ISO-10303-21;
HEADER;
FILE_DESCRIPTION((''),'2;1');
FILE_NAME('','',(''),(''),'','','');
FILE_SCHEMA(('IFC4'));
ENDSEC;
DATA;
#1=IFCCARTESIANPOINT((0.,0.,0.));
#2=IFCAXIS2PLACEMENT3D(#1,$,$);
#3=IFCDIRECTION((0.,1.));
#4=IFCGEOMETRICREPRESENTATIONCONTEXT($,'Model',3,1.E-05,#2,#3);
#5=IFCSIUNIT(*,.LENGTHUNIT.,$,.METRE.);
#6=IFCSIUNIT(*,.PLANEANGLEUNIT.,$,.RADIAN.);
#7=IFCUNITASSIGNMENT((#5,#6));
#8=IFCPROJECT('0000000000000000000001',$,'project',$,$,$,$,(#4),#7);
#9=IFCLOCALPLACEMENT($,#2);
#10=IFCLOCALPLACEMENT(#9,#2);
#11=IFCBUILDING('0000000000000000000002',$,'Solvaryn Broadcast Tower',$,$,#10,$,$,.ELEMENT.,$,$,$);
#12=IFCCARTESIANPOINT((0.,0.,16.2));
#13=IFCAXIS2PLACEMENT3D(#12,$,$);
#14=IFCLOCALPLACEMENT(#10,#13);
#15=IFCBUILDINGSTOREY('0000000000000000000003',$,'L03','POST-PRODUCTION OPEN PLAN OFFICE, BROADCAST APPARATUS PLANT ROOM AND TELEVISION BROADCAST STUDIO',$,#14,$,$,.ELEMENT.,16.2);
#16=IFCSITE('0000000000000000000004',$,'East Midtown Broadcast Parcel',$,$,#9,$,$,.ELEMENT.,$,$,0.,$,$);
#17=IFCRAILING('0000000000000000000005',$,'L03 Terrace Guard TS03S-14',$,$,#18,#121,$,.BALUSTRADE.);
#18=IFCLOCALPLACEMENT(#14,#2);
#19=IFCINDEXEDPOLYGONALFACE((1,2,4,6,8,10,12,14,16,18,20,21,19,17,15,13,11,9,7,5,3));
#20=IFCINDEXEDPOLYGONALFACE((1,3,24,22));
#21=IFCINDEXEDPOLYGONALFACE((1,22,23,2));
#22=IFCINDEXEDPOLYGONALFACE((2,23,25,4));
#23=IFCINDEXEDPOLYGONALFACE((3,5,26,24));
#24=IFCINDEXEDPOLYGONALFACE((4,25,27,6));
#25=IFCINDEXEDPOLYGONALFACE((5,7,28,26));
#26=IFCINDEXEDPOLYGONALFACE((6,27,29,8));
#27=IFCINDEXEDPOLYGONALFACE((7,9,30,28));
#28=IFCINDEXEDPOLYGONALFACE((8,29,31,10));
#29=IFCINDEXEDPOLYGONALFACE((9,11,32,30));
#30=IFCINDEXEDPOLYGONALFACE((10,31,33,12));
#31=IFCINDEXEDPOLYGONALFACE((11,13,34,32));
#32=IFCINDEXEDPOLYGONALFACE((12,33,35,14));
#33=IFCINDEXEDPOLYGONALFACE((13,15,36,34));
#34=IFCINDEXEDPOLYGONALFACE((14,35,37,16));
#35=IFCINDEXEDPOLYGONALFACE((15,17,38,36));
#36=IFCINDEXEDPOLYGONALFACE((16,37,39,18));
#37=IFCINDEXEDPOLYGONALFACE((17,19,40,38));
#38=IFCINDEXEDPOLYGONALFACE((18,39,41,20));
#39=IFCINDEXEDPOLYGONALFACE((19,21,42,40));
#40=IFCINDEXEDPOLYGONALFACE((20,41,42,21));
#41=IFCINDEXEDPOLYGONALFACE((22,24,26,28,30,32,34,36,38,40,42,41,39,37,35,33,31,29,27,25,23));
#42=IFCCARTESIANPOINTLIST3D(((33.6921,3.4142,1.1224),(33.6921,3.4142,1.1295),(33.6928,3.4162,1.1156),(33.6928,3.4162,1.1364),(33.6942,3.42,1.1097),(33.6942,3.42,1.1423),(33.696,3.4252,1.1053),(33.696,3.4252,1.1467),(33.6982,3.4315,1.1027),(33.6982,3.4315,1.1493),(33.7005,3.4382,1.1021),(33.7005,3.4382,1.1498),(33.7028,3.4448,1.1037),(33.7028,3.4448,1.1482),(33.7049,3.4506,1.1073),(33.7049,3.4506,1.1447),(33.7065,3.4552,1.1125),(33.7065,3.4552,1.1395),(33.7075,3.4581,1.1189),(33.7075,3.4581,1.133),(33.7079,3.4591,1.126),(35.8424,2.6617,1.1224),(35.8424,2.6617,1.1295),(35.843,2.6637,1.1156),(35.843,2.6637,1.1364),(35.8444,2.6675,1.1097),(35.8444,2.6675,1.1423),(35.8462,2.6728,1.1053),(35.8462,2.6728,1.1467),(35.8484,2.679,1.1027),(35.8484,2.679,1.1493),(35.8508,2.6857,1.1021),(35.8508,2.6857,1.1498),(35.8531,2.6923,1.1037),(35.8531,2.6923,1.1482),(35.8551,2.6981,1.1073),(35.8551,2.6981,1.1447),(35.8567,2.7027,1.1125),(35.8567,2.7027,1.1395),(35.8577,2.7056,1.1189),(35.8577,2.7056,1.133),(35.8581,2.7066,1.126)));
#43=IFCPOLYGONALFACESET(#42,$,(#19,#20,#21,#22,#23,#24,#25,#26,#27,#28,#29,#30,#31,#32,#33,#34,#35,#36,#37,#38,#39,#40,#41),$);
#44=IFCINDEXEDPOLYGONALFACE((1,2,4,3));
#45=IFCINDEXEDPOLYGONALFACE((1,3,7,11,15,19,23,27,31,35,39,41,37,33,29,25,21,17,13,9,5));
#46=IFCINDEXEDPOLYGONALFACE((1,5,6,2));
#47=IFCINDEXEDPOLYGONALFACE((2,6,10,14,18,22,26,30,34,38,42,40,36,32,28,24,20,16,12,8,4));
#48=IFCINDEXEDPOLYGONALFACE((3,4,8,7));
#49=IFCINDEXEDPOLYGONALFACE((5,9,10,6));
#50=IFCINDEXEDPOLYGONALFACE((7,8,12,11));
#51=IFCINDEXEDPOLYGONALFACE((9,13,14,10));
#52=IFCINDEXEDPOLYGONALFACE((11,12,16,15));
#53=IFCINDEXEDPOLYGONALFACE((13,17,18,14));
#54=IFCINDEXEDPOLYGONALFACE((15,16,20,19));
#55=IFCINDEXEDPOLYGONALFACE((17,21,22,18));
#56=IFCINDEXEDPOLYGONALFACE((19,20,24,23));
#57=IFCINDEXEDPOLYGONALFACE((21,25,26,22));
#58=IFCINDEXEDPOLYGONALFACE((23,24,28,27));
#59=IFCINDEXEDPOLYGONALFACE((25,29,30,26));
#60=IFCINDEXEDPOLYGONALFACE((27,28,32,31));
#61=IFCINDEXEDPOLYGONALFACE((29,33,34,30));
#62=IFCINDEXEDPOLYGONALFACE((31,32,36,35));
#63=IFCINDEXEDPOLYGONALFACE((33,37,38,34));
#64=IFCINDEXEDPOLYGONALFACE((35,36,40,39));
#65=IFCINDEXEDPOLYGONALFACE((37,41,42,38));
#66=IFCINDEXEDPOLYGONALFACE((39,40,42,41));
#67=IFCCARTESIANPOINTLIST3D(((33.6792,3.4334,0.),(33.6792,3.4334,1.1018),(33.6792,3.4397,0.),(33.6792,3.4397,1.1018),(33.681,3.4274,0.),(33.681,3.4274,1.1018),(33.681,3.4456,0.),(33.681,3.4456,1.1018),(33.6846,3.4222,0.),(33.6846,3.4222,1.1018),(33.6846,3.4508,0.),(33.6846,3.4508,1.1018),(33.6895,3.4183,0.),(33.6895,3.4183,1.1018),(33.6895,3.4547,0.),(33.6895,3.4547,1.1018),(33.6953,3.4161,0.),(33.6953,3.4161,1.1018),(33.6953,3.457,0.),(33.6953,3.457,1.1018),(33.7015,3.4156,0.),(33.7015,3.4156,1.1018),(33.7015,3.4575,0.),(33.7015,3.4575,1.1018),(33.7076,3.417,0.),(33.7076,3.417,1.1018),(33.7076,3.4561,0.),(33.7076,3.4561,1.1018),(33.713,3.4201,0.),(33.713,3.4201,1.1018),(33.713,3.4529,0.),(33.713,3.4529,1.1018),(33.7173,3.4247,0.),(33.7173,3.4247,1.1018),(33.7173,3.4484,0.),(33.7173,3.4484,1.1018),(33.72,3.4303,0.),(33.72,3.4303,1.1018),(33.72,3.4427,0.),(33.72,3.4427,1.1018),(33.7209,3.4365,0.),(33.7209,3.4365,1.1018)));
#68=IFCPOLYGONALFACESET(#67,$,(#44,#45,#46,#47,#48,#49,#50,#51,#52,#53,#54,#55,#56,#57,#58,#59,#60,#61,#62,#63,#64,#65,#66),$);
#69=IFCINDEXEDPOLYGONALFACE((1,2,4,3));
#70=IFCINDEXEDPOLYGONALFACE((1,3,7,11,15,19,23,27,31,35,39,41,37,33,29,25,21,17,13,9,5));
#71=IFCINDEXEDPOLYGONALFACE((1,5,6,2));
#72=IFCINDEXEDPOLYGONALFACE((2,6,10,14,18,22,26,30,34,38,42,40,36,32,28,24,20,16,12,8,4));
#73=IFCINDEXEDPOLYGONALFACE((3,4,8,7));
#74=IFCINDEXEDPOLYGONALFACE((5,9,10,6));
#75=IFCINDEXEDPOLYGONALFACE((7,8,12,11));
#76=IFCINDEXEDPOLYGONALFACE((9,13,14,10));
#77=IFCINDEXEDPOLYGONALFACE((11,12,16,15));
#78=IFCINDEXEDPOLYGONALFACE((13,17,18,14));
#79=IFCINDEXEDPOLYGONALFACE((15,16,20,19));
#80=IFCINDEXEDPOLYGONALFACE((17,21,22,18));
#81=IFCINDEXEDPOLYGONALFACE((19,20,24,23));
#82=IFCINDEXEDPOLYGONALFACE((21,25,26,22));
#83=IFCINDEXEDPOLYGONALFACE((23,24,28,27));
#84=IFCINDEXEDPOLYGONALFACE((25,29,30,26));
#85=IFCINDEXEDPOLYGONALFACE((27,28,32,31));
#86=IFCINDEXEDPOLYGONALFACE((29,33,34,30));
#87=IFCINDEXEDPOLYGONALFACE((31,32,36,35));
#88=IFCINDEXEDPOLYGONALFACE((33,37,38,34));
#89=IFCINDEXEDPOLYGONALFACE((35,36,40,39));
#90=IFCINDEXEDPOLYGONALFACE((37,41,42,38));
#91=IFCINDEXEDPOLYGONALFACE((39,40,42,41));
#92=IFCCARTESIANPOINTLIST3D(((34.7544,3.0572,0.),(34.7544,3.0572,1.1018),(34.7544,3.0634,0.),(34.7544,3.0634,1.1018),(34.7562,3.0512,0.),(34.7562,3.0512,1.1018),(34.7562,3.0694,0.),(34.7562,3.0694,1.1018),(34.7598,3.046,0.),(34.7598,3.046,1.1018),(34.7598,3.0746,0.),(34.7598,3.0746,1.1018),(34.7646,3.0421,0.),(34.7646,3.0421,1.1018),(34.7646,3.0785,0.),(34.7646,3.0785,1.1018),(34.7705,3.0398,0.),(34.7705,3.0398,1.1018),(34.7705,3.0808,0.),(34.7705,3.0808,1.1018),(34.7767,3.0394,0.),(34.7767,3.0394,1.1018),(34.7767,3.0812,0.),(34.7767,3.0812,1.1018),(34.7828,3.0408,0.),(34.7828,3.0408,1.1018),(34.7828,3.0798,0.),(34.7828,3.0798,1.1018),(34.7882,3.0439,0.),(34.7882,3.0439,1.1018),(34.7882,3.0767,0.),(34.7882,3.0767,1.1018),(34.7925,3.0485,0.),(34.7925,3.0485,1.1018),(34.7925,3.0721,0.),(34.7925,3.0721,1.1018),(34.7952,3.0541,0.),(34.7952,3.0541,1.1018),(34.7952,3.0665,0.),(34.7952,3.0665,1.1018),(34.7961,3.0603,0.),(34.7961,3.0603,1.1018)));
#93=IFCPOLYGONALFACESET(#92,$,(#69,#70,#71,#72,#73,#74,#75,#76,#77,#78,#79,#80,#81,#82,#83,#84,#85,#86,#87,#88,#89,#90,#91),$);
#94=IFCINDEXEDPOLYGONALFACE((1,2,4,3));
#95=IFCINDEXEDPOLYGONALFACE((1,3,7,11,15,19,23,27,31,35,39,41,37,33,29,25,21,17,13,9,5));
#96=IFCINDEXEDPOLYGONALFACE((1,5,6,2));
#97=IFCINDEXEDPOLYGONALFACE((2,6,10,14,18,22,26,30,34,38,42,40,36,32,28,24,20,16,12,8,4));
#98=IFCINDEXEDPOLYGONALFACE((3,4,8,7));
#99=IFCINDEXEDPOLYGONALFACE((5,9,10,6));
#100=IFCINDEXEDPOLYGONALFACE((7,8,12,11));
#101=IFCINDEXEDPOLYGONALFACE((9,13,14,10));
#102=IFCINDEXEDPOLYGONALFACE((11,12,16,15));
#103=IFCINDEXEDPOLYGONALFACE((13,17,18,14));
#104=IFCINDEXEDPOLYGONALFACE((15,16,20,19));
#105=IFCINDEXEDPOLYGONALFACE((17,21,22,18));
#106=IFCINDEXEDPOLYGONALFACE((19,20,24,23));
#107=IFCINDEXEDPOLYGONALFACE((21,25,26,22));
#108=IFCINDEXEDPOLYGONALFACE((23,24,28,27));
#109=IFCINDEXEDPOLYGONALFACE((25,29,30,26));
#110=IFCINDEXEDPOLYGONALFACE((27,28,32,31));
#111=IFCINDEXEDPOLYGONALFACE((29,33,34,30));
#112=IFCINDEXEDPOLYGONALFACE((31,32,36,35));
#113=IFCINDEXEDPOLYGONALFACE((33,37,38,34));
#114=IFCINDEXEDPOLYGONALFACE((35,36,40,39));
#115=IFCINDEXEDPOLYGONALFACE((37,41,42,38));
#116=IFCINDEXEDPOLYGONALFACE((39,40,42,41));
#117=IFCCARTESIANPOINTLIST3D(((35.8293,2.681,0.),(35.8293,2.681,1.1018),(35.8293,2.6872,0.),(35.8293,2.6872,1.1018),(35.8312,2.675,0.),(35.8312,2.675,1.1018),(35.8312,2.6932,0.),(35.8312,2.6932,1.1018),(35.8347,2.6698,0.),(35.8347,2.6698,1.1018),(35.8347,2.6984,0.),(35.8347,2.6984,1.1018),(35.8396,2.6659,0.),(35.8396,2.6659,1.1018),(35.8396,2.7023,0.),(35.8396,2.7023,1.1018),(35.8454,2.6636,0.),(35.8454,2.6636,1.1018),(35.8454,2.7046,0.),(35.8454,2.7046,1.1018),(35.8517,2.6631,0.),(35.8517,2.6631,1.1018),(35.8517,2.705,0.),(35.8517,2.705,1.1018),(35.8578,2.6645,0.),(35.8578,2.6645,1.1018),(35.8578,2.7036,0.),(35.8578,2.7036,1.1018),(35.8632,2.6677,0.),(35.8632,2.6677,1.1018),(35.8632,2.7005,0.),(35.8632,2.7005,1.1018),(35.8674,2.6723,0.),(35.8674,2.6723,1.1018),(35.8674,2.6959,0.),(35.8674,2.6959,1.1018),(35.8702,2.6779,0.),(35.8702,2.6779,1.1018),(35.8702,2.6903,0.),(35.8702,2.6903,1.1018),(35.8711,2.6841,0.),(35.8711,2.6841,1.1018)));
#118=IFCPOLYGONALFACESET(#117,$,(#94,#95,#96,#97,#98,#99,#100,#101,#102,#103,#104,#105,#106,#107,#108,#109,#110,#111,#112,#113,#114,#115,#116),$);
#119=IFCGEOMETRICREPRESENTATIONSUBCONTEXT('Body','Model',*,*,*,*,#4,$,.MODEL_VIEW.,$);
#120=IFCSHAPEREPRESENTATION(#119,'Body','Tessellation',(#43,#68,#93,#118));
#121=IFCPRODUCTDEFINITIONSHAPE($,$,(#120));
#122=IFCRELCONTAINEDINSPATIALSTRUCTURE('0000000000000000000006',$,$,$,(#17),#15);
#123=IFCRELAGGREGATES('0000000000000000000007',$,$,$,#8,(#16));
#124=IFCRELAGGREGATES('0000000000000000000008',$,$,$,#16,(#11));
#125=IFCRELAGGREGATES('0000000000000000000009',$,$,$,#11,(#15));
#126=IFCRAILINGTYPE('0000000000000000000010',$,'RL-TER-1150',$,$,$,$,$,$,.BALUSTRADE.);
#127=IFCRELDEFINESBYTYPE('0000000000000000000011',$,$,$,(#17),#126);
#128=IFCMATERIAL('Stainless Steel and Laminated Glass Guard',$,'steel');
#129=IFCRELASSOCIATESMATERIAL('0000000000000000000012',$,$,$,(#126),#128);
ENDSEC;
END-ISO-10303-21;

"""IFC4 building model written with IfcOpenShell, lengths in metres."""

from ifc_helpers import new_model, si_unit, direction, frame, origin, origin_2d, place, context, subcontext, project, spatial, circle, extrude, material, type_object, element, save


model = new_model("IFC4")

# Units and contexts
model_context = context("Model", 3, precision=1e-05, world=origin(), true_north=direction((0.0, 1.0)))
body_context = subcontext(model_context, "Body", "Model", "MODEL_VIEW")
ifc_project = project(units=[si_unit("LENGTHUNIT", "METRE"), si_unit("PLANEANGLEUNIT", "RADIAN")], contexts=[model_context])

# Site, building, storey
site_placement = place(None, origin())
site = spatial("IfcSite", under=ifc_project, at=site_placement, Name="East Midtown Broadcast Parcel", CompositionType="ELEMENT", RefElevation=0.0)
building_placement = place(site_placement, origin())
building = spatial("IfcBuilding", under=site, at=building_placement, Name="Solvaryn Broadcast Tower", CompositionType="ELEMENT")
storey_placement = place(building_placement, frame((0.0, 0.0, 16.2)))
storey = spatial("IfcBuildingStorey", under=building, at=storey_placement, Name="L03", Description="POST-PRODUCTION OPEN PLAN OFFICE, BROADCAST APPARATUS PLANT ROOM AND TELEVISION BROADCAST STUDIO", CompositionType="ELEMENT", Elevation=16.2)

# Railing
ifc_material_1 = material(Name="Stainless Steel and Laminated Glass Guard", Category="steel")
railing_type = type_object("IfcRailingType", Name="RL-TER-1150", PredefinedType="BALUSTRADE", material=ifc_material_1)
railing_1_placement = place(storey_placement, frame((33.7, 3.4365, 0.0)))
element("IfcRailing", 1, at=railing_1_placement, inside=storey, type_object=railing_type, Name="L03 Terrace Guard TS03S-14", PredefinedType="BALUSTRADE", context=body_context, shape_type="SweptSolid", body=[
    extrude(circle(Radius=0.0239, at=origin_2d()), frame((0.0, 0.0, 1.126), z_axis=(0.943873, -0.330307, 0.0), x_axis=(0.330307, 0.943873, 0.0)), (0.0, 0.0, 1.0), 2.2781),
    extrude(circle(Radius=0.021, at=origin_2d()), origin(), (0.0, 0.0, 1.0), 1.1018),
    extrude(circle(Radius=0.021, at=origin_2d()), frame((1.0752, -0.3762, 0.0)), (0.0, 0.0, 1.0), 1.1018),
    extrude(circle(Radius=0.021, at=origin_2d()), frame((2.1501, -0.7524, 0.0)), (0.0, 0.0, 1.0), 1.1018),
])

save(model, "model.ifc")
